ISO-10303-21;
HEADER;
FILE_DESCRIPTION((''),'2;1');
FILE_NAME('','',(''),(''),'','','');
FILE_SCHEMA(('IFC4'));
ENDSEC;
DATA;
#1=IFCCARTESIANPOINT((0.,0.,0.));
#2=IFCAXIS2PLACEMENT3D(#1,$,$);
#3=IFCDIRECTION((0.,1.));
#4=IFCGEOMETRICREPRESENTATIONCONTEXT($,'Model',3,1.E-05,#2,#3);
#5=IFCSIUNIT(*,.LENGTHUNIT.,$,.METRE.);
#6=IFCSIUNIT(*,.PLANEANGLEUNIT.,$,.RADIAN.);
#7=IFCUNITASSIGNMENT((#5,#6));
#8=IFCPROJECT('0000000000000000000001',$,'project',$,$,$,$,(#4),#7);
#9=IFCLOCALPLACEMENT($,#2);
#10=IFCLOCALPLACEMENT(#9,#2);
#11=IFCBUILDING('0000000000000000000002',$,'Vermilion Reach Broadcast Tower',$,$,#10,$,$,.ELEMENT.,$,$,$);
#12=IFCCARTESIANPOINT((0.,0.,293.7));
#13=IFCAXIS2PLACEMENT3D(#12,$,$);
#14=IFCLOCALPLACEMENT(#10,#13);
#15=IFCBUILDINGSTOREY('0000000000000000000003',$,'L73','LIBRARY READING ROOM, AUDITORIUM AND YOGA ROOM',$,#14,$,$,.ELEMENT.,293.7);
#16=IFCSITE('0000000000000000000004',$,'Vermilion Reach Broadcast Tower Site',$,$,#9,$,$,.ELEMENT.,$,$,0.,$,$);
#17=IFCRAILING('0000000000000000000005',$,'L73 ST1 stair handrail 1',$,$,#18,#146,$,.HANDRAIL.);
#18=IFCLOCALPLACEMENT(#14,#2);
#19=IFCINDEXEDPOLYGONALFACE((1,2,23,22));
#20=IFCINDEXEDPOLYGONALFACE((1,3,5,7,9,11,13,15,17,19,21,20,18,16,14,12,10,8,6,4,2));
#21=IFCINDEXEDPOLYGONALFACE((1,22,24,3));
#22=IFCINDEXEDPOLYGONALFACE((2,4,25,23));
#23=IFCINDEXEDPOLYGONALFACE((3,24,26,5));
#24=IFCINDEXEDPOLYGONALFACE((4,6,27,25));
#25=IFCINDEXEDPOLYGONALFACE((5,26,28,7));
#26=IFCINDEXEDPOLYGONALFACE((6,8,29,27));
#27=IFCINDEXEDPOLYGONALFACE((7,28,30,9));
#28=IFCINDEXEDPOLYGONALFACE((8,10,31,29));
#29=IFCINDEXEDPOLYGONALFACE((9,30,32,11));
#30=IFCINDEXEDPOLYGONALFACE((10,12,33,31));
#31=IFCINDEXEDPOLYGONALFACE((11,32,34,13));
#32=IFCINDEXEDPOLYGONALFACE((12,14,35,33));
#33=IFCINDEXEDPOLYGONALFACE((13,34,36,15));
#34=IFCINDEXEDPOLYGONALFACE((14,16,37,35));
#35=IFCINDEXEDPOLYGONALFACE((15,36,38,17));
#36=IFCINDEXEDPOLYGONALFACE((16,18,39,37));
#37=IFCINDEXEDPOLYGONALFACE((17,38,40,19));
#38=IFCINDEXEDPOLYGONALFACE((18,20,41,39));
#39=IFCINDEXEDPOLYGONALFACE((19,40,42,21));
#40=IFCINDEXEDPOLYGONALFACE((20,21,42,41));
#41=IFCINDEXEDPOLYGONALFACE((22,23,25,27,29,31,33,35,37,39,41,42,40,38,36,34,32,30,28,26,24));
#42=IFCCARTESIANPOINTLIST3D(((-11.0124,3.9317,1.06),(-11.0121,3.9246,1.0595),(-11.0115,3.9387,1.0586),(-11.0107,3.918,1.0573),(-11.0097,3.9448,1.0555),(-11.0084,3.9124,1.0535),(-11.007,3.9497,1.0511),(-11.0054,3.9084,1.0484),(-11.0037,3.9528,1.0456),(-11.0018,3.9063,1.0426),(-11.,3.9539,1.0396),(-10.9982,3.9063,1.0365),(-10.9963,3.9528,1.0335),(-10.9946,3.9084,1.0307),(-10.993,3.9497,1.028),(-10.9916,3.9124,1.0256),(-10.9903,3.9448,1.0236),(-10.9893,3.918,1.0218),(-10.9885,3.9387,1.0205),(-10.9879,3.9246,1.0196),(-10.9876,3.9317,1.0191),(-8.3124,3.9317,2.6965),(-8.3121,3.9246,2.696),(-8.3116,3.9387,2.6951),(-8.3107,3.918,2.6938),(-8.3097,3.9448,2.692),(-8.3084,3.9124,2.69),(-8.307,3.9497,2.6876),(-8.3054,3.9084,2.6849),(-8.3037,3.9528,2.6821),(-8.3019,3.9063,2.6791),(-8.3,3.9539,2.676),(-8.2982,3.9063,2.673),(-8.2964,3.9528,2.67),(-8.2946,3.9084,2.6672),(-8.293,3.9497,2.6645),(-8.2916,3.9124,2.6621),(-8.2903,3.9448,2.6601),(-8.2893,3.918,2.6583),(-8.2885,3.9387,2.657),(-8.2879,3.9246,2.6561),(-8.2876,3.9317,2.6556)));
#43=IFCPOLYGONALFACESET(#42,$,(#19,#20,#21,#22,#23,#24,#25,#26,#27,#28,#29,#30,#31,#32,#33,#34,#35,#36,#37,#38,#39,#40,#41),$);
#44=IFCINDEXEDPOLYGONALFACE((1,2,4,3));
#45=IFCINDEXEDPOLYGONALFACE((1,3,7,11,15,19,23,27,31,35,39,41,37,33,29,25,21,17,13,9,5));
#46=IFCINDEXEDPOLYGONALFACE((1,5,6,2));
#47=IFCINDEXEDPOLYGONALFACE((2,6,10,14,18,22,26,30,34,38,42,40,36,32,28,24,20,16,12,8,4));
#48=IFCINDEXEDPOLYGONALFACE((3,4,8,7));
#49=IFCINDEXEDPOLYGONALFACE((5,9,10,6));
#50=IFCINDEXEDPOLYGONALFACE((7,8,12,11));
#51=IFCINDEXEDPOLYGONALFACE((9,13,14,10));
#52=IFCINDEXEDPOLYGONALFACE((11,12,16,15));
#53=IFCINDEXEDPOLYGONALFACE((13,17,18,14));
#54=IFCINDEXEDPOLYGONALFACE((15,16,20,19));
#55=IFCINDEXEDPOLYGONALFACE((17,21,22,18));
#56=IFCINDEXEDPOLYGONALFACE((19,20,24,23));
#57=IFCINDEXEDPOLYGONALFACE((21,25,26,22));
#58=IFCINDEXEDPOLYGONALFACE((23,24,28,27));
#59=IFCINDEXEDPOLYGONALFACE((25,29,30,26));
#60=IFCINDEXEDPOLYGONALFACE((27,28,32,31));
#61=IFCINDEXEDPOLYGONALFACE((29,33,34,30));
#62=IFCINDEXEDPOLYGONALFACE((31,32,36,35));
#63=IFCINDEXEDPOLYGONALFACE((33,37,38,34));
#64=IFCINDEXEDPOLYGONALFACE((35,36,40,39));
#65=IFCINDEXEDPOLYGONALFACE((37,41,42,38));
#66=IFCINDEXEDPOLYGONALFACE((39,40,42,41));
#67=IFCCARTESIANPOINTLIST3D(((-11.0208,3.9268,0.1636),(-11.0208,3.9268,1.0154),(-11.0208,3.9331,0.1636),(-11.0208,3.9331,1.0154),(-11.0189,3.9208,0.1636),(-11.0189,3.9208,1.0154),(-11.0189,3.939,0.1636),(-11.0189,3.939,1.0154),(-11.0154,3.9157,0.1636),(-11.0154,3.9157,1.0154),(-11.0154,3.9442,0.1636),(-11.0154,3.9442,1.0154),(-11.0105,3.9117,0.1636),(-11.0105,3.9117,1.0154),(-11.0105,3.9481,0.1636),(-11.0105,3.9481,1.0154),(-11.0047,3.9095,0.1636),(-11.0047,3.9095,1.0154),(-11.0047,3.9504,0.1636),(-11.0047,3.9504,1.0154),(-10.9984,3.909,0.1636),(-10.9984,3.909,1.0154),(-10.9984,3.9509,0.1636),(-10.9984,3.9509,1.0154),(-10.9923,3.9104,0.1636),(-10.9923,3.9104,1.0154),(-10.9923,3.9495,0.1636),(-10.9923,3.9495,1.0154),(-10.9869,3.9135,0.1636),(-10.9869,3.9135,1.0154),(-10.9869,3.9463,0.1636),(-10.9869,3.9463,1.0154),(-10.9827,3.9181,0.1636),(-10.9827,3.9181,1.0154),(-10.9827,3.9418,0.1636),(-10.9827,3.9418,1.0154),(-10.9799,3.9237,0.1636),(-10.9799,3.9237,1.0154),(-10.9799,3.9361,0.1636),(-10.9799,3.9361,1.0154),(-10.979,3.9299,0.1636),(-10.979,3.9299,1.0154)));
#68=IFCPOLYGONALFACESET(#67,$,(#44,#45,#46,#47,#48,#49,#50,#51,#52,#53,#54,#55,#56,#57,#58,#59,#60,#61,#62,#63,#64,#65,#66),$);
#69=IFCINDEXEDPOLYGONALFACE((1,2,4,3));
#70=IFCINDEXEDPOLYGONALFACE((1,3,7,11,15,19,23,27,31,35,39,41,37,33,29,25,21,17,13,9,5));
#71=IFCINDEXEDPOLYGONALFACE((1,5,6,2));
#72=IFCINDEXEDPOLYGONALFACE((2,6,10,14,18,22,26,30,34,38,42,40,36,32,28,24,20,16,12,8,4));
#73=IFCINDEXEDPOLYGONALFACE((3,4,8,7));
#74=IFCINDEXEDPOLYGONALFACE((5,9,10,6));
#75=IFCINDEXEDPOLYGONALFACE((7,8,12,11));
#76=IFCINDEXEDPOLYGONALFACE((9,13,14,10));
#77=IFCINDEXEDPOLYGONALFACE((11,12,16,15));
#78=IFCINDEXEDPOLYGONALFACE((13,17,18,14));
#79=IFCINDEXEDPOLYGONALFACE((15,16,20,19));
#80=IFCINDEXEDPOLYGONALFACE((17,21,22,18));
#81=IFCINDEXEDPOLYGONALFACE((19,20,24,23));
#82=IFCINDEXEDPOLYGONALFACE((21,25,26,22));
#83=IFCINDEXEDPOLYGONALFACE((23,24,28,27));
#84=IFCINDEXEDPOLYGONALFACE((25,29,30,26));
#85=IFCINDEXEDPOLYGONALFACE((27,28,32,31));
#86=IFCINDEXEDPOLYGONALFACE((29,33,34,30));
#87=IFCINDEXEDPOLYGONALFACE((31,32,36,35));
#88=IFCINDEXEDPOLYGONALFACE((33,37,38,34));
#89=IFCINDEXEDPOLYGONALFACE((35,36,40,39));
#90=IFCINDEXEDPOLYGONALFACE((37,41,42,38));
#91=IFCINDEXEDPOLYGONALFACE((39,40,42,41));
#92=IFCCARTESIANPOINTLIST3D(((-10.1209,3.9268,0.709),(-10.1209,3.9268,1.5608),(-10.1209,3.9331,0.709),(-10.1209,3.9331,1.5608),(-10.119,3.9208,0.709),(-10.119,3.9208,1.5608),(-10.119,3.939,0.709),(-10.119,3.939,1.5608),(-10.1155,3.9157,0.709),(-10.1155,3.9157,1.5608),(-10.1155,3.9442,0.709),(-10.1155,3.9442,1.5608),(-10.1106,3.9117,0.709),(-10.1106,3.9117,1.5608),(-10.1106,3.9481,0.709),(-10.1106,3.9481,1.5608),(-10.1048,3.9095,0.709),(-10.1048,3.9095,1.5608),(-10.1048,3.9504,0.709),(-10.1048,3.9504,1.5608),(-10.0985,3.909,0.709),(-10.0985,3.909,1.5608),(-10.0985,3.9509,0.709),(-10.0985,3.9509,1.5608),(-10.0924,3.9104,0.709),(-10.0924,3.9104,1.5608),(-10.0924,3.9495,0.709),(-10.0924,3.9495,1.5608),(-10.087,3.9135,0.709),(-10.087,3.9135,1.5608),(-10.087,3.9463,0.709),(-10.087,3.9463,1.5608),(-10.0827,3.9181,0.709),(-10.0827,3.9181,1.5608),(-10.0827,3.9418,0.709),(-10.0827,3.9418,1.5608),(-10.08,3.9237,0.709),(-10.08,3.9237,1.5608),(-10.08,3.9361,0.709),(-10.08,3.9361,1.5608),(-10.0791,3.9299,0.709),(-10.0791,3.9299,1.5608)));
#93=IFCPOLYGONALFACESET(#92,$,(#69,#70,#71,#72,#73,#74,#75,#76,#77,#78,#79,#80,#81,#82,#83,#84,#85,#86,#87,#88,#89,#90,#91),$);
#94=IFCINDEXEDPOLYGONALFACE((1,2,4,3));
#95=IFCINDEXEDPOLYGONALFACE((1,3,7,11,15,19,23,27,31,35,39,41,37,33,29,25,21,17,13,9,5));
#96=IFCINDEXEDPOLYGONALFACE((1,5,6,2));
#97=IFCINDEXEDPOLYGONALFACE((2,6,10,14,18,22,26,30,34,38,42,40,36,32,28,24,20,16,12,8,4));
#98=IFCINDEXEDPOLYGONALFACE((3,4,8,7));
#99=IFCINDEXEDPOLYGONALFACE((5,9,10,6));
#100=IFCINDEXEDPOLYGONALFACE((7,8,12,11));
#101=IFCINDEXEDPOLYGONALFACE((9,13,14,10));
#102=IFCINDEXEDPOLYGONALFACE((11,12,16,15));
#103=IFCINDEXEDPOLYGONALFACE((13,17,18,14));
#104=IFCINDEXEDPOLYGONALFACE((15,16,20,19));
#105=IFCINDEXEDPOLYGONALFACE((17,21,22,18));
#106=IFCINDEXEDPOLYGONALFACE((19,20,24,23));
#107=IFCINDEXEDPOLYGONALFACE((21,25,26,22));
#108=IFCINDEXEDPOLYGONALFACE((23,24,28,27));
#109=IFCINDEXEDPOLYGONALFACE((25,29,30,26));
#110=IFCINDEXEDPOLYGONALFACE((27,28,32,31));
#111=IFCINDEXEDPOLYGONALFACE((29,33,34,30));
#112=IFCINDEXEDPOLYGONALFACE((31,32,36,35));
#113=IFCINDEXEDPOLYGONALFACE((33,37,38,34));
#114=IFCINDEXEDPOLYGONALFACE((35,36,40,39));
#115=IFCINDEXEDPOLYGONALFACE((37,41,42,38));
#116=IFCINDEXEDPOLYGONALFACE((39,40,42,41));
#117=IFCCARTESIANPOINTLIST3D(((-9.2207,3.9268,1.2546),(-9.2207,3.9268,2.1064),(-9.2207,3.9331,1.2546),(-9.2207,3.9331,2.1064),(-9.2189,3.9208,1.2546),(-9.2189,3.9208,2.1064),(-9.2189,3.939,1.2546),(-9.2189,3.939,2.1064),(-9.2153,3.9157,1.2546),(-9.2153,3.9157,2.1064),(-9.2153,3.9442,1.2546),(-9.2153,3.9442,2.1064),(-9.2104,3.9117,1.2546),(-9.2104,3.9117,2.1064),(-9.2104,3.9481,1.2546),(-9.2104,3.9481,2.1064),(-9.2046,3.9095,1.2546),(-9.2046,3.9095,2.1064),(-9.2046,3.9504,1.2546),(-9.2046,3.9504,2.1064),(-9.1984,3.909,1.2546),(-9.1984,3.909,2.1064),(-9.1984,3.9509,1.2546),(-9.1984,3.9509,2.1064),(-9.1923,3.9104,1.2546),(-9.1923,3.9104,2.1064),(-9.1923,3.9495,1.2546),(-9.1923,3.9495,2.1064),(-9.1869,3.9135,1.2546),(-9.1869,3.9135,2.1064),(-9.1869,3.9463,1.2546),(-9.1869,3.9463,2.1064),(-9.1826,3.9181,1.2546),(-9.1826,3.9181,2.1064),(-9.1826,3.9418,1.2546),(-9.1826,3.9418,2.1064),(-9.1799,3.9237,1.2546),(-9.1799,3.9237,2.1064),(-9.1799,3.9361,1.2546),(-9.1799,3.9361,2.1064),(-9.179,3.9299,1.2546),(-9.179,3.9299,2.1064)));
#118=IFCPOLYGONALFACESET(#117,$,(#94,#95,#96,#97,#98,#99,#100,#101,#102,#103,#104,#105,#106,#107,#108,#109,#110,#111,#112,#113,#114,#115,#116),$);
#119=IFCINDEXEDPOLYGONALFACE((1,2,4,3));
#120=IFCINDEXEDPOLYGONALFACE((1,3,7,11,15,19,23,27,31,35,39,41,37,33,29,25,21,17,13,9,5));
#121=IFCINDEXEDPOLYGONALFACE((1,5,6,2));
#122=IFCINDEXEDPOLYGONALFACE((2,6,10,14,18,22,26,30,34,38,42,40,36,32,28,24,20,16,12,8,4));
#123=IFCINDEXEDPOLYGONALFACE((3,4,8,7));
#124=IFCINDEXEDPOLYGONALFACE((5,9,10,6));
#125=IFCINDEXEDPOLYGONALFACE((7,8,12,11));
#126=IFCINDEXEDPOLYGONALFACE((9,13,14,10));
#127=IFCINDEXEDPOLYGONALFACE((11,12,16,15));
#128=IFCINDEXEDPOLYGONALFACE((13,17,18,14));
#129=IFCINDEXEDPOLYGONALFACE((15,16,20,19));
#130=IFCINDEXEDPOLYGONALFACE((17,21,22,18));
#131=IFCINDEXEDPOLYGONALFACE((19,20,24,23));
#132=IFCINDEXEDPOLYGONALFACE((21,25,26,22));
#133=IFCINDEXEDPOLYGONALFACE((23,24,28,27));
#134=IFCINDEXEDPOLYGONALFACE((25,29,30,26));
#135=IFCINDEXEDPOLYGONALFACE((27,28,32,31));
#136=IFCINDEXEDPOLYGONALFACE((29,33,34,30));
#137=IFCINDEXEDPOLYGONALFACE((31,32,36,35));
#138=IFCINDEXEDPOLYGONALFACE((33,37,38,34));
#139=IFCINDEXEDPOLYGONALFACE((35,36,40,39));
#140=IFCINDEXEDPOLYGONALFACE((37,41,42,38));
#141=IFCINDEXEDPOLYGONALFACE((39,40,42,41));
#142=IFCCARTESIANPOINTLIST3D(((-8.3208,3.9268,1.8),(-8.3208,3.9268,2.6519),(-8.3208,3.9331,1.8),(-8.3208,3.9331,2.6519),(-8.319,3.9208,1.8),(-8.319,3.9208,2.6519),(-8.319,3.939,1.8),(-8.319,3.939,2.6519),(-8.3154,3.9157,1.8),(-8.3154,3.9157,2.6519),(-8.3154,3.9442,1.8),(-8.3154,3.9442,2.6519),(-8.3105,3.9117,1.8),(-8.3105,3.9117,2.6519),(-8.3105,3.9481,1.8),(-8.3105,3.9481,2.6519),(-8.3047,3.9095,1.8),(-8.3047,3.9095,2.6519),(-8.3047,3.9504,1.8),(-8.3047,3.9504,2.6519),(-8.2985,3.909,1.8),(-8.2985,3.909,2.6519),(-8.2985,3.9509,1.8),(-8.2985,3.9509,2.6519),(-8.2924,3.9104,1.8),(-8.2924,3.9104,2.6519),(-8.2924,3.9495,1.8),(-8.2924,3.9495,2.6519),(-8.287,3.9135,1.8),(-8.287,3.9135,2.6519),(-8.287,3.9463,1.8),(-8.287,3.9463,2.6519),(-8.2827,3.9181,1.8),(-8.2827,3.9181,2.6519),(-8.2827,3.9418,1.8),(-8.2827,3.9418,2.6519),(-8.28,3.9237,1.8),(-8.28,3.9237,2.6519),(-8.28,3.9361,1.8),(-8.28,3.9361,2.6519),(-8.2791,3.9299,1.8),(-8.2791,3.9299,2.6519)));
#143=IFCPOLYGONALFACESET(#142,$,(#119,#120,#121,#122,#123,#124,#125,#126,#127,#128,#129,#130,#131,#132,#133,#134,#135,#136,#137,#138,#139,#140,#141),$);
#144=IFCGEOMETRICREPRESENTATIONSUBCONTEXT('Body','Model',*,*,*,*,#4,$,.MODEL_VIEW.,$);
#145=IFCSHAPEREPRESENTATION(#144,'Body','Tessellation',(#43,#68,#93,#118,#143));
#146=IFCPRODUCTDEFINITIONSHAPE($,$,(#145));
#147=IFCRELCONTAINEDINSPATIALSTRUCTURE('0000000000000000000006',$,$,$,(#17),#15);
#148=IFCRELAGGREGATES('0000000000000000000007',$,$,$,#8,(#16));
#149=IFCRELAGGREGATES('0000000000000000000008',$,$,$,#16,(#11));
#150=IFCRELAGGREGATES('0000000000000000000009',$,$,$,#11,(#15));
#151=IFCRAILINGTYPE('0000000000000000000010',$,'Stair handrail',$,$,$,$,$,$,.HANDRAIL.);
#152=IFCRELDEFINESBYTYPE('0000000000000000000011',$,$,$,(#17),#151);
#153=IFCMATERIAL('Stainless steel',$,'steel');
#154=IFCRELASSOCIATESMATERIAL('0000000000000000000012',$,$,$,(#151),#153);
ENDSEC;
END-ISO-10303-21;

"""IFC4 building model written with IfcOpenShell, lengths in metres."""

from ifc_helpers import new_model, si_unit, direction, frame, origin, origin_2d, place, context, subcontext, project, spatial, circle, extrude, material, type_object, element, save


model = new_model("IFC4")

# Units and contexts
model_context = context("Model", 3, precision=1e-05, world=origin(), true_north=direction((0.0, 1.0)))
body_context = subcontext(model_context, "Body", "Model", "MODEL_VIEW")
ifc_project = project(units=[si_unit("LENGTHUNIT", "METRE"), si_unit("PLANEANGLEUNIT", "RADIAN")], contexts=[model_context])

# Site, building, storey
site_placement = place(None, origin())
site = spatial("IfcSite", under=ifc_project, at=site_placement, Name="Vermilion Reach Broadcast Tower Site", CompositionType="ELEMENT", RefElevation=0.0)
building_placement = place(site_placement, origin())
building = spatial("IfcBuilding", under=site, at=building_placement, Name="Vermilion Reach Broadcast Tower", CompositionType="ELEMENT")
storey_placement = place(building_placement, frame((0.0, 0.0, 293.7)))
storey = spatial("IfcBuildingStorey", under=building, at=storey_placement, Name="L73", Description="LIBRARY READING ROOM, AUDITORIUM AND YOGA ROOM", CompositionType="ELEMENT", Elevation=293.7)

# Railing
ifc_material_1 = material(Name="Stainless steel", Category="steel")
railing_type_1 = type_object("IfcRailingType", Name="Stair handrail", PredefinedType="HANDRAIL", material=ifc_material_1)
railing_1_placement = place(storey_placement, frame((-11.0, 3.9299, 0.1636)))
element("IfcRailing", 1, at=railing_1_placement, inside=storey, type_object=railing_type_1, Name="L73 ST1 stair handrail 1", PredefinedType="HANDRAIL", context=body_context, shape_type="SweptSolid", body=[
    extrude(circle(Radius=0.0239, at=origin_2d()), frame((0.0, 0.0, 0.876), z_axis=(0.855178, 0.0, 0.518334), x_axis=(0.0, 1.0, 0.0)), (0.0, 0.0, 1.0), 3.1572),
    extrude(circle(Radius=0.021, at=origin_2d()), origin(), (0.0, 0.0, 1.0), 0.8518),
    extrude(circle(Radius=0.021, at=origin_2d()), frame((0.8999, 0.0, 0.5454)), (0.0, 0.0, 1.0), 0.8518),
    extrude(circle(Radius=0.021, at=origin_2d()), frame((1.8, 0.0, 1.0911)), (0.0, 0.0, 1.0), 0.8518),
    extrude(circle(Radius=0.021, at=origin_2d()), frame((2.7, 0.0, 1.6365)), (0.0, 0.0, 1.0), 0.8518),
])

save(model, "model.ifc")
